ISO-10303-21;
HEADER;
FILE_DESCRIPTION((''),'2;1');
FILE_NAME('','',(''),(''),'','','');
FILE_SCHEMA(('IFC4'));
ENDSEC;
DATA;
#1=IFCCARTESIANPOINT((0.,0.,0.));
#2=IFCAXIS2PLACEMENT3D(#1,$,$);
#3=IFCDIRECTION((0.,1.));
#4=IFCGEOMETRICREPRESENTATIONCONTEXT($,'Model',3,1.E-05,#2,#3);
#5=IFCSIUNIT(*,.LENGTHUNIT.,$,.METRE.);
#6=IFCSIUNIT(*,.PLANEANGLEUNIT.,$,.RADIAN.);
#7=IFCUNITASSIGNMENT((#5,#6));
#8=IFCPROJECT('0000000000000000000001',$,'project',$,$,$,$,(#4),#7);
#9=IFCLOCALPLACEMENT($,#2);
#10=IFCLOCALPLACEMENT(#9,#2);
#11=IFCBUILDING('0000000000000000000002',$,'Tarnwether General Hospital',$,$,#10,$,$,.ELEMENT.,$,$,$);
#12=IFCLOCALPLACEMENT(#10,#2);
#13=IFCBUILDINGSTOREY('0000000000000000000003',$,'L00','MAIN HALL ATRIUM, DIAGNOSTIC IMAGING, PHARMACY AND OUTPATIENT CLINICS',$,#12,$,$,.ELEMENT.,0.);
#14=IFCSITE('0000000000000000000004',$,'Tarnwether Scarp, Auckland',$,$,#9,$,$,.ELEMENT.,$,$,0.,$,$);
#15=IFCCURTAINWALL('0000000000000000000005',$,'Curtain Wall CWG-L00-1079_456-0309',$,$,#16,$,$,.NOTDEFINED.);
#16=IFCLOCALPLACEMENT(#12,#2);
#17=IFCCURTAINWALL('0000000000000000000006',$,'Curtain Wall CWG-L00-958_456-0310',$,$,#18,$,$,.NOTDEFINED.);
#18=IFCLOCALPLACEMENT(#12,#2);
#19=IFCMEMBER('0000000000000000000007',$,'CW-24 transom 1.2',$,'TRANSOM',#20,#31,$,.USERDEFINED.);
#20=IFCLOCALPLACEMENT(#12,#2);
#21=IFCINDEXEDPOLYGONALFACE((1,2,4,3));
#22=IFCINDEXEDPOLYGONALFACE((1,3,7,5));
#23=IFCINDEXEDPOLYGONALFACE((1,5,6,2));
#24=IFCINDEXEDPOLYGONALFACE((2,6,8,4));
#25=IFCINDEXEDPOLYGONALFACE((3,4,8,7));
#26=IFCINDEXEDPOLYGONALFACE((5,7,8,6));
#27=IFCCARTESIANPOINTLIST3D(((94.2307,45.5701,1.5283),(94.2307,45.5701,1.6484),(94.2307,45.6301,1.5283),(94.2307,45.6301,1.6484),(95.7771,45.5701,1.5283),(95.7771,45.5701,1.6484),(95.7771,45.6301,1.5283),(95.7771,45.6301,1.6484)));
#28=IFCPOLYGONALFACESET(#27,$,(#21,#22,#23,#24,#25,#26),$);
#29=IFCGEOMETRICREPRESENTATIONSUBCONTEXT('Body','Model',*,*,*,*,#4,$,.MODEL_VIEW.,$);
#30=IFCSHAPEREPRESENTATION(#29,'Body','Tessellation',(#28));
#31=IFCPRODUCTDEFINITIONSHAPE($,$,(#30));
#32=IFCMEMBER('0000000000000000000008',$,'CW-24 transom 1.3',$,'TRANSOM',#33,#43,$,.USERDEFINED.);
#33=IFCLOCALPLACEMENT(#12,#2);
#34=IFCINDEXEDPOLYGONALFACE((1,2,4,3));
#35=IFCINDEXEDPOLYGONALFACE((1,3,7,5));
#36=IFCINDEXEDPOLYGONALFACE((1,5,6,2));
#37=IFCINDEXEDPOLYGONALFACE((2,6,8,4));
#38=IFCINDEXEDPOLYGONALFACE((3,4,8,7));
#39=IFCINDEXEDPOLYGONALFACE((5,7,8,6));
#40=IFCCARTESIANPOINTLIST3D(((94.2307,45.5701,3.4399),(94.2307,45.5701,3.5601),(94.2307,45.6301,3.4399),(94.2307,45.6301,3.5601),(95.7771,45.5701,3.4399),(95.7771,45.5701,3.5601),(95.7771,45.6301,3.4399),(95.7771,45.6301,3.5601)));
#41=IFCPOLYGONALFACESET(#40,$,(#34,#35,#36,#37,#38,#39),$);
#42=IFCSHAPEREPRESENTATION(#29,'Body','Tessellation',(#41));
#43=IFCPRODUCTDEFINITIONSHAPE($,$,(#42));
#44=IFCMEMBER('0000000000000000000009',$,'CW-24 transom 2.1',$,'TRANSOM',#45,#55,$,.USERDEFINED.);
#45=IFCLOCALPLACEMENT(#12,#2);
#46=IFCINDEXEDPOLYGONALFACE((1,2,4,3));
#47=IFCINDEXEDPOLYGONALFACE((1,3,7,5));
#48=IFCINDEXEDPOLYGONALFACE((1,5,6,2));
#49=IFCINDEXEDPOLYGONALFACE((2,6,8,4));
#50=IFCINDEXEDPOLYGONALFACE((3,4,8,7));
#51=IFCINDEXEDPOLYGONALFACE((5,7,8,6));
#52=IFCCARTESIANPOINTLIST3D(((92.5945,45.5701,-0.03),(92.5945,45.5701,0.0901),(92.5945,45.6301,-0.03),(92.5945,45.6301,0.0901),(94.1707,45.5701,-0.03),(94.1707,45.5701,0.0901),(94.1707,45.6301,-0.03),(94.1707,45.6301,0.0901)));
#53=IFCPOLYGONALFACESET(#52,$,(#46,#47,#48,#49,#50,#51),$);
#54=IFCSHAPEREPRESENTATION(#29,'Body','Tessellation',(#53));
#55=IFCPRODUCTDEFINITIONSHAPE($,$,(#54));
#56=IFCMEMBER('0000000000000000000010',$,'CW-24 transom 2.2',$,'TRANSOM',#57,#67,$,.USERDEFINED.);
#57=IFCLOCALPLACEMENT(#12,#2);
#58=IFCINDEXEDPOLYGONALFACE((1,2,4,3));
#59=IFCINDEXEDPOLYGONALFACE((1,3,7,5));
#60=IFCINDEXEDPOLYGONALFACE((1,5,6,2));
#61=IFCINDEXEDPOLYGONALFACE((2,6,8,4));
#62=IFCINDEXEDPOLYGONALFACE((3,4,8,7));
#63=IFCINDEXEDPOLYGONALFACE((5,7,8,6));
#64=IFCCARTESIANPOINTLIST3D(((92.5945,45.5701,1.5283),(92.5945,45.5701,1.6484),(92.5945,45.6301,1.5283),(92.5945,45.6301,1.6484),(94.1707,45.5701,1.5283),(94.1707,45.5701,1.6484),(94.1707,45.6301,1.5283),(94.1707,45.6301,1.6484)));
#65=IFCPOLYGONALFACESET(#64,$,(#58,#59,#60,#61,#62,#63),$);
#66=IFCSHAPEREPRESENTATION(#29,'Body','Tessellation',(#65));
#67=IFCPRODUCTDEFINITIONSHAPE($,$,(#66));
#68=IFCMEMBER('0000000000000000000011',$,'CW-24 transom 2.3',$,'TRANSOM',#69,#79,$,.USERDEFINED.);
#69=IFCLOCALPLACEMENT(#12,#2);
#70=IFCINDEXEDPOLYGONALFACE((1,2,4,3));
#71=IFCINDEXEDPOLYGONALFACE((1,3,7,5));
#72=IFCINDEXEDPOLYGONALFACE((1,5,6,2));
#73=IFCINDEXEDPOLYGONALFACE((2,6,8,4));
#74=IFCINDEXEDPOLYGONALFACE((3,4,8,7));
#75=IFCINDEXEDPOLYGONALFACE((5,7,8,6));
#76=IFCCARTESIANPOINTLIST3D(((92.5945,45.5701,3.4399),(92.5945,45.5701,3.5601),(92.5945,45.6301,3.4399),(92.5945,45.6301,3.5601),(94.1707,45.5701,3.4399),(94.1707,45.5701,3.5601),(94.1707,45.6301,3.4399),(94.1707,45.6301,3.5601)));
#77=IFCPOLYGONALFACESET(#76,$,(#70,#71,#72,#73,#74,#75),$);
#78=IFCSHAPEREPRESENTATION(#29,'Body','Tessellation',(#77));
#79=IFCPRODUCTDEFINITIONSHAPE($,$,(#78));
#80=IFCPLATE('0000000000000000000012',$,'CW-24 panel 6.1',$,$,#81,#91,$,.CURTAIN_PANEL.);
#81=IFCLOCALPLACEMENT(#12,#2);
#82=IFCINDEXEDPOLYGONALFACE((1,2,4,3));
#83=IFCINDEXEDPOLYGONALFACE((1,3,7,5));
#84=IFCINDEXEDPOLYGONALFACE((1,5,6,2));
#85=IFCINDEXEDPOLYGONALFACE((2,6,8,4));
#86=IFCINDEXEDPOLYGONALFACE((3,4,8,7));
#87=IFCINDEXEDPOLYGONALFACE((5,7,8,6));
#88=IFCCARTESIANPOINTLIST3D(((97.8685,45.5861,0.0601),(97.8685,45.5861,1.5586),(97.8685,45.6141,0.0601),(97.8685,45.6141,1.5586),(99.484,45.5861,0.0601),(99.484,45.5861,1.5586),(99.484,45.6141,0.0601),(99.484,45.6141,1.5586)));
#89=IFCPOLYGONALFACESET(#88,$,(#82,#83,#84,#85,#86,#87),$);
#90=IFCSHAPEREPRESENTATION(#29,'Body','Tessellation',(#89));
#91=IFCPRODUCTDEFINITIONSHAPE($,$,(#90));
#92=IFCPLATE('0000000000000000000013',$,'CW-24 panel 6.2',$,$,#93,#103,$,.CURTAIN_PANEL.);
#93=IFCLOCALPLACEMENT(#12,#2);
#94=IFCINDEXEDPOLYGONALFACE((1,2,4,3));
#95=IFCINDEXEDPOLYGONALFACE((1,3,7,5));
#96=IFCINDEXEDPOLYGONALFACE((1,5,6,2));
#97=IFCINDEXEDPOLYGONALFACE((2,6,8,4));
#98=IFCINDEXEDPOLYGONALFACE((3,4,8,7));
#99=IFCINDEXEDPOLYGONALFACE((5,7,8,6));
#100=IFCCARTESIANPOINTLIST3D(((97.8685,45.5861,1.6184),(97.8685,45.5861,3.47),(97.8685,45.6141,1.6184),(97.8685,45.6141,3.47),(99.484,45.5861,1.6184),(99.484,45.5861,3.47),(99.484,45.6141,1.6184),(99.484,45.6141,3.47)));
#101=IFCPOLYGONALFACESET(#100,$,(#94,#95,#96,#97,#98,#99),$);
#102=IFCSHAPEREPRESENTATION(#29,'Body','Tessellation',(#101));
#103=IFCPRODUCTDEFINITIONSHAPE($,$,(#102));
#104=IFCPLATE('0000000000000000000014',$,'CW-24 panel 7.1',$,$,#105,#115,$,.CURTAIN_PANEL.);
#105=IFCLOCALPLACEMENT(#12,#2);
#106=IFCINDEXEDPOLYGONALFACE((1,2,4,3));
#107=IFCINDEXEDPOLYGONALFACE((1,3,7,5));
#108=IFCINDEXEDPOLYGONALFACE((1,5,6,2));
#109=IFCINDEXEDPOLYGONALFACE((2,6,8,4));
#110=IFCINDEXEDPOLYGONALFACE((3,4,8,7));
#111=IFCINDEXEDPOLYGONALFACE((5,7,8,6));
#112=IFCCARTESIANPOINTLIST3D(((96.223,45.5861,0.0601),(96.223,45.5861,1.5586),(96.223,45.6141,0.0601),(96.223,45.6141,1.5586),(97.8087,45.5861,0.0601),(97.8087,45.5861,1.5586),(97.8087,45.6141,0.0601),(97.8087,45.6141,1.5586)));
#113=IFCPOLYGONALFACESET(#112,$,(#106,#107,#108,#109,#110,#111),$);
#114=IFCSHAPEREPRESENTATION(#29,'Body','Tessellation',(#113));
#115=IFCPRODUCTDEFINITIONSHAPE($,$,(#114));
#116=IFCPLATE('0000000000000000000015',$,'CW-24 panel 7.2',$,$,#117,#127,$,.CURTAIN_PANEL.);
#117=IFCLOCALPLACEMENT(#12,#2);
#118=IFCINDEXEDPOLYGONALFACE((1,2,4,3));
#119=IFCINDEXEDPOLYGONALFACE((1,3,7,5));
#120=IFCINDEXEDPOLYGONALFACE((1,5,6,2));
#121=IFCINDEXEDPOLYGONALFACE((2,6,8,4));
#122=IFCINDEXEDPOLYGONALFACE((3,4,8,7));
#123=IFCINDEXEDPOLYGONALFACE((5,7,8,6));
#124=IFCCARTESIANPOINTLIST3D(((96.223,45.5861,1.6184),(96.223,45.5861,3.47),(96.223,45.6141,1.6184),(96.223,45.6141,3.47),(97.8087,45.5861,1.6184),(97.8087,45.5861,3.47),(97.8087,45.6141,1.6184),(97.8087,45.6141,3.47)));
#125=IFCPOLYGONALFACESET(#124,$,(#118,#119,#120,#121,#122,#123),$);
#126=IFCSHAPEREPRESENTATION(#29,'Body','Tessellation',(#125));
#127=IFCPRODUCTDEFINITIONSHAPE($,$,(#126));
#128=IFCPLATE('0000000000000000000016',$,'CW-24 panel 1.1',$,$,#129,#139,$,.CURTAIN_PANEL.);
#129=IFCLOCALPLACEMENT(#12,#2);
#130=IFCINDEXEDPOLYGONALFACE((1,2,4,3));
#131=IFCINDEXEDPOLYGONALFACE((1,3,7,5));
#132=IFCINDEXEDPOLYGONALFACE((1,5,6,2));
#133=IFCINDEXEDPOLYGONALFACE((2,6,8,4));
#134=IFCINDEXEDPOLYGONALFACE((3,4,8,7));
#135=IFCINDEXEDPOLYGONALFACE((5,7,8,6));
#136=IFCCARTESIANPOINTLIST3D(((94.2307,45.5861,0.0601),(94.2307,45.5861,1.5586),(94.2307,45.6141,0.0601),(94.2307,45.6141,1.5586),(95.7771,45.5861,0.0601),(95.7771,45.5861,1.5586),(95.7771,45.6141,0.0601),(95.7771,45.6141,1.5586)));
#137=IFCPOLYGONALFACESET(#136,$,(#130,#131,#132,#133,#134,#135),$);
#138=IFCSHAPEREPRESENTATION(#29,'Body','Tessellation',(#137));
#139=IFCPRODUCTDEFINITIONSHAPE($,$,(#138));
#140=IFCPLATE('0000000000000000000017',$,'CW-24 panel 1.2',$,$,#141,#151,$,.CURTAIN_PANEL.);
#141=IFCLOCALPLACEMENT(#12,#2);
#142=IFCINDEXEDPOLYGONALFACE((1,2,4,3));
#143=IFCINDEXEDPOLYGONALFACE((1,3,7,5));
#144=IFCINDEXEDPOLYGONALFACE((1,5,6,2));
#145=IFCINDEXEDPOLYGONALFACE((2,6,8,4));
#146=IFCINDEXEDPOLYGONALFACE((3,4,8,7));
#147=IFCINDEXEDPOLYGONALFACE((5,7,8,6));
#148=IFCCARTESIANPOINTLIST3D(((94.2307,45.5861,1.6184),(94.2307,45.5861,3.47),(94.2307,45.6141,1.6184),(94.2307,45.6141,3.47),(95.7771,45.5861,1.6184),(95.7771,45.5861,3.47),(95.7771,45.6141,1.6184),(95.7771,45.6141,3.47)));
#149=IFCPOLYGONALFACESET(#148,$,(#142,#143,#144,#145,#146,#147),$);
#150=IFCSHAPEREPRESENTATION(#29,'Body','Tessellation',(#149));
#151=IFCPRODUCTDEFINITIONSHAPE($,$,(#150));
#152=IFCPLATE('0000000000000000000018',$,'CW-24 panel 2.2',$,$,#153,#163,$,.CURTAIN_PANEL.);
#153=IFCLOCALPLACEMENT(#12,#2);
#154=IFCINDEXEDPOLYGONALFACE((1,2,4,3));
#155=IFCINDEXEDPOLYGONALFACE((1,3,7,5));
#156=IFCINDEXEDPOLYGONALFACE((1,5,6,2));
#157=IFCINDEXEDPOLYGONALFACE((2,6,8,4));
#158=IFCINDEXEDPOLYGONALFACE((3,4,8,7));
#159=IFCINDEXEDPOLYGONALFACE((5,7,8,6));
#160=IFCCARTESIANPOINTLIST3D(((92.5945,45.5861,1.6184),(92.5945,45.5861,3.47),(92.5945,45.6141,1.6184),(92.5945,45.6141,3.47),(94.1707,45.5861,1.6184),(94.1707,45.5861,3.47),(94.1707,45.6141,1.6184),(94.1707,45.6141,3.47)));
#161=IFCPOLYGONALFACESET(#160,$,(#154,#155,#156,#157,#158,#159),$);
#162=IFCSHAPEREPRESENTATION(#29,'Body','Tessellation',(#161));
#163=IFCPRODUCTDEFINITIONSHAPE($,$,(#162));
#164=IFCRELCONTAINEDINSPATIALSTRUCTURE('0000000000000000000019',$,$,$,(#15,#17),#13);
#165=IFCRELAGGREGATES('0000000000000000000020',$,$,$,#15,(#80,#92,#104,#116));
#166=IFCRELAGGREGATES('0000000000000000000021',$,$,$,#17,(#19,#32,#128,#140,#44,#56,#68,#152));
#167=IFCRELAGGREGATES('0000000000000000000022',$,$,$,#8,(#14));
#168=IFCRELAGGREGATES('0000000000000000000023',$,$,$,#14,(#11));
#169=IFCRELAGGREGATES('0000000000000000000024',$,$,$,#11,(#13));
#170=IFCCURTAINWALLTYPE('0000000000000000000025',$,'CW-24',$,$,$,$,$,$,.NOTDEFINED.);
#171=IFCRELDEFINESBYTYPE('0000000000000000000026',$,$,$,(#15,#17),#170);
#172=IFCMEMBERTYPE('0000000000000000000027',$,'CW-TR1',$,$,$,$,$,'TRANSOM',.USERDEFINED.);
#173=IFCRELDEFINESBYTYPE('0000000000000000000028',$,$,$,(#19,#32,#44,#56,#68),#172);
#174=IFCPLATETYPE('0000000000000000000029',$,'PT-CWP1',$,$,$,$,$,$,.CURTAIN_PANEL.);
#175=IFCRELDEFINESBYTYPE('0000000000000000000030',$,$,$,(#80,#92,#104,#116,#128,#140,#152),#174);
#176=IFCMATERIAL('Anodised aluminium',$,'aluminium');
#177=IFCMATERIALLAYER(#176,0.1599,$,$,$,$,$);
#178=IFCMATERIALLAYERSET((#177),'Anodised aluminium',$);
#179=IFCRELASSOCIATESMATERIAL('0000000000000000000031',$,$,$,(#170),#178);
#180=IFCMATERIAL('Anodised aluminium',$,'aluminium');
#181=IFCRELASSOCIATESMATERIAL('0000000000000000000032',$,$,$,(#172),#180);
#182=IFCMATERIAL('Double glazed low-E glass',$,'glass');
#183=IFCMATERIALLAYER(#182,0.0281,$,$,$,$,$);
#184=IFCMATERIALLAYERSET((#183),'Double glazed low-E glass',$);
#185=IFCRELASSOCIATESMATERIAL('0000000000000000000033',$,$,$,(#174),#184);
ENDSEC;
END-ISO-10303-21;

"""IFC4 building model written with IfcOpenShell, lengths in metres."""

from ifc_helpers import new_model, si_unit, direction, frame, origin, origin_2d, place, context, subcontext, project, spatial, rectangle, extrude, material, layer, layer_set, material_profile, profile_set, type_object, element, aggregate, save


model = new_model("IFC4")

# Units and contexts
model_context = context("Model", 3, precision=1e-05, world=origin(), true_north=direction((0.0, 1.0)))
body_context = subcontext(model_context, "Body", "Model", "MODEL_VIEW")
ifc_project = project(units=[si_unit("LENGTHUNIT", "METRE"), si_unit("PLANEANGLEUNIT", "RADIAN")], contexts=[model_context])

# Site, building, storey
site_placement = place(None, origin())
site = spatial("IfcSite", under=ifc_project, at=site_placement, Name="Tarnwether Scarp, Auckland", CompositionType="ELEMENT", RefElevation=0.0)
building_placement = place(site_placement, origin())
building = spatial("IfcBuilding", under=site, at=building_placement, Name="Tarnwether General Hospital", CompositionType="ELEMENT")
storey_placement = place(building_placement, origin())
storey = spatial("IfcBuildingStorey", under=building, at=storey_placement, Name="L00", Description="MAIN HALL ATRIUM, DIAGNOSTIC IMAGING, PHARMACY AND OUTPATIENT CLINICS", CompositionType="ELEMENT", Elevation=0.0)

# Curtain walls
ifc_material_1 = material(Name="Anodised aluminium", Category="aluminium")
ifc_layer_1 = layer(ifc_material_1, 0.1599)
ifc_layer_set_1 = layer_set([ifc_layer_1], Name="Anodised aluminium")
curtain_wall_type = type_object("IfcCurtainWallType", Name="CW-24", PredefinedType="NOTDEFINED", material=ifc_layer_set_1)
curtain_wall_1_placement = place(storey_placement, origin())
curtain_wall_1 = element("IfcCurtainWall", 1, at=curtain_wall_1_placement, inside=storey, type_object=curtain_wall_type, Name="Curtain Wall CWG-L00-1079_456-0309", PredefinedType="NOTDEFINED")
curtain_wall_2_placement = place(storey_placement, origin())
curtain_wall_2 = element("IfcCurtainWall", 2, at=curtain_wall_2_placement, inside=storey, type_object=curtain_wall_type, Name="Curtain Wall CWG-L00-958_456-0310", PredefinedType="NOTDEFINED")

# Members
ifc_material_2 = material(Name="Anodised aluminium", Category="aluminium")
ifc_material_profile_1 = material_profile(ifc_material_2, rectangle(XDim=0.0601, YDim=0.1201, at=origin_2d()), Name="ALU-TRN-60x120")
ifc_profile_set_1 = profile_set([ifc_material_profile_1], Name="Anodised aluminium")
member_type_1 = type_object("IfcMemberType", Name="CW-TR1", ElementType="TRANSOM", PredefinedType="USERDEFINED", material=ifc_profile_set_1)
member_1_placement = place(storey_placement, frame((95.7771, 45.6001, 1.5884), z_axis=(-1.0, 0.0, 0.0), x_axis=(0.0, -1.0, 0.0)))
member_1 = element("IfcMember", 3, at=member_1_placement, type_object=member_type_1, Name="CW-24 transom 1.2", ObjectType="TRANSOM", PredefinedType="USERDEFINED", context=body_context, shape_type="SweptSolid", body=[
    extrude(rectangle(XDim=0.0601, YDim=0.1201, at=origin_2d()), origin(), (0.0, 0.0, 1.0), 1.5464),
])
member_2_placement = place(storey_placement, frame((95.7771, 45.6001, 3.5), z_axis=(-1.0, 0.0, 0.0), x_axis=(0.0, -1.0, 0.0)))
member_2 = element("IfcMember", 4, at=member_2_placement, type_object=member_type_1, Name="CW-24 transom 1.3", ObjectType="TRANSOM", PredefinedType="USERDEFINED", context=body_context, shape_type="SweptSolid", body=[
    extrude(rectangle(XDim=0.0601, YDim=0.1201, at=origin_2d()), origin(), (0.0, 0.0, 1.0), 1.5464),
])
member_3_placement = place(storey_placement, frame((94.1707, 45.6001, 0.03), z_axis=(-1.0, 0.0, 0.0), x_axis=(0.0, -1.0, 0.0)))
member_3 = element("IfcMember", 5, at=member_3_placement, type_object=member_type_1, Name="CW-24 transom 2.1", ObjectType="TRANSOM", PredefinedType="USERDEFINED", context=body_context, shape_type="SweptSolid", body=[
    extrude(rectangle(XDim=0.0601, YDim=0.1201, at=origin_2d()), origin(), (0.0, 0.0, 1.0), 1.5762),
])
member_4_placement = place(storey_placement, frame((94.1707, 45.6001, 1.5884), z_axis=(-1.0, 0.0, 0.0), x_axis=(0.0, -1.0, 0.0)))
member_4 = element("IfcMember", 6, at=member_4_placement, type_object=member_type_1, Name="CW-24 transom 2.2", ObjectType="TRANSOM", PredefinedType="USERDEFINED", context=body_context, shape_type="SweptSolid", body=[
    extrude(rectangle(XDim=0.0601, YDim=0.1201, at=origin_2d()), origin(), (0.0, 0.0, 1.0), 1.5762),
])
member_5_placement = place(storey_placement, frame((94.1707, 45.6001, 3.5), z_axis=(-1.0, 0.0, 0.0), x_axis=(0.0, -1.0, 0.0)))
member_5 = element("IfcMember", 7, at=member_5_placement, type_object=member_type_1, Name="CW-24 transom 2.3", ObjectType="TRANSOM", PredefinedType="USERDEFINED", context=body_context, shape_type="SweptSolid", body=[
    extrude(rectangle(XDim=0.0601, YDim=0.1201, at=origin_2d()), origin(), (0.0, 0.0, 1.0), 1.5762),
])

# Plates
ifc_material_3 = material(Name="Double glazed low-E glass", Category="glass")
ifc_layer_2 = layer(ifc_material_3, 0.0281)
ifc_layer_set_2 = layer_set([ifc_layer_2], Name="Double glazed low-E glass")
plate_type = type_object("IfcPlateType", Name="PT-CWP1", PredefinedType="CURTAIN_PANEL", material=ifc_layer_set_2)
plate_1_placement = place(storey_placement, frame((98.6763, 45.6001, 0.0601), z_axis=(0.0, 0.0, 1.0), x_axis=(-1.0, 0.0, 0.0)))
plate_1 = element("IfcPlate", 8, at=plate_1_placement, type_object=plate_type, Name="CW-24 panel 6.1", PredefinedType="CURTAIN_PANEL", context=body_context, shape_type="SweptSolid", body=[
    extrude(rectangle(XDim=1.6155, YDim=0.0281, at=origin_2d()), origin(), (0.0, 0.0, 1.0), 1.4985),
])
plate_2_placement = place(storey_placement, frame((98.6763, 45.6001, 1.6184), z_axis=(0.0, 0.0, 1.0), x_axis=(-1.0, 0.0, 0.0)))
plate_2 = element("IfcPlate", 9, at=plate_2_placement, type_object=plate_type, Name="CW-24 panel 6.2", PredefinedType="CURTAIN_PANEL", context=body_context, shape_type="SweptSolid", body=[
    extrude(rectangle(XDim=1.6155, YDim=0.0281, at=origin_2d()), origin(), (0.0, 0.0, 1.0), 1.8516),
])
plate_3_placement = place(storey_placement, frame((97.0159, 45.6001, 0.0601), z_axis=(0.0, 0.0, 1.0), x_axis=(-1.0, 0.0, 0.0)))
plate_3 = element("IfcPlate", 10, at=plate_3_placement, type_object=plate_type, Name="CW-24 panel 7.1", PredefinedType="CURTAIN_PANEL", context=body_context, shape_type="SweptSolid", body=[
    extrude(rectangle(XDim=1.5857, YDim=0.0281, at=origin_2d()), origin(), (0.0, 0.0, 1.0), 1.4985),
])
plate_4_placement = place(storey_placement, frame((97.0159, 45.6001, 1.6184), z_axis=(0.0, 0.0, 1.0), x_axis=(-1.0, 0.0, 0.0)))
plate_4 = element("IfcPlate", 11, at=plate_4_placement, type_object=plate_type, Name="CW-24 panel 7.2", PredefinedType="CURTAIN_PANEL", context=body_context, shape_type="SweptSolid", body=[
    extrude(rectangle(XDim=1.5857, YDim=0.0281, at=origin_2d()), origin(), (0.0, 0.0, 1.0), 1.8516),
])
aggregate(curtain_wall_1, [plate_1, plate_2, plate_3, plate_4])
plate_5_placement = place(storey_placement, frame((95.0039, 45.6001, 0.0601), z_axis=(0.0, 0.0, 1.0), x_axis=(-1.0, 0.0, 0.0)))
plate_5 = element("IfcPlate", 12, at=plate_5_placement, type_object=plate_type, Name="CW-24 panel 1.1", PredefinedType="CURTAIN_PANEL", context=body_context, shape_type="SweptSolid", body=[
    extrude(rectangle(XDim=1.5464, YDim=0.0281, at=origin_2d()), origin(), (0.0, 0.0, 1.0), 1.4985),
])
plate_6_placement = place(storey_placement, frame((95.0039, 45.6001, 1.6184), z_axis=(0.0, 0.0, 1.0), x_axis=(-1.0, 0.0, 0.0)))
plate_6 = element("IfcPlate", 13, at=plate_6_placement, type_object=plate_type, Name="CW-24 panel 1.2", PredefinedType="CURTAIN_PANEL", context=body_context, shape_type="SweptSolid", body=[
    extrude(rectangle(XDim=1.5464, YDim=0.0281, at=origin_2d()), origin(), (0.0, 0.0, 1.0), 1.8516),
])
plate_7_placement = place(storey_placement, frame((93.3826, 45.6001, 1.6184), z_axis=(0.0, 0.0, 1.0), x_axis=(-1.0, 0.0, 0.0)))
plate_7 = element("IfcPlate", 14, at=plate_7_placement, type_object=plate_type, Name="CW-24 panel 2.2", PredefinedType="CURTAIN_PANEL", context=body_context, shape_type="SweptSolid", body=[
    extrude(rectangle(XDim=1.5762, YDim=0.0281, at=origin_2d()), origin(), (0.0, 0.0, 1.0), 1.8516),
])
aggregate(curtain_wall_2, [member_1, member_2, plate_5, plate_6, member_3, member_4, member_5, plate_7])

save(model, "model.ifc")
